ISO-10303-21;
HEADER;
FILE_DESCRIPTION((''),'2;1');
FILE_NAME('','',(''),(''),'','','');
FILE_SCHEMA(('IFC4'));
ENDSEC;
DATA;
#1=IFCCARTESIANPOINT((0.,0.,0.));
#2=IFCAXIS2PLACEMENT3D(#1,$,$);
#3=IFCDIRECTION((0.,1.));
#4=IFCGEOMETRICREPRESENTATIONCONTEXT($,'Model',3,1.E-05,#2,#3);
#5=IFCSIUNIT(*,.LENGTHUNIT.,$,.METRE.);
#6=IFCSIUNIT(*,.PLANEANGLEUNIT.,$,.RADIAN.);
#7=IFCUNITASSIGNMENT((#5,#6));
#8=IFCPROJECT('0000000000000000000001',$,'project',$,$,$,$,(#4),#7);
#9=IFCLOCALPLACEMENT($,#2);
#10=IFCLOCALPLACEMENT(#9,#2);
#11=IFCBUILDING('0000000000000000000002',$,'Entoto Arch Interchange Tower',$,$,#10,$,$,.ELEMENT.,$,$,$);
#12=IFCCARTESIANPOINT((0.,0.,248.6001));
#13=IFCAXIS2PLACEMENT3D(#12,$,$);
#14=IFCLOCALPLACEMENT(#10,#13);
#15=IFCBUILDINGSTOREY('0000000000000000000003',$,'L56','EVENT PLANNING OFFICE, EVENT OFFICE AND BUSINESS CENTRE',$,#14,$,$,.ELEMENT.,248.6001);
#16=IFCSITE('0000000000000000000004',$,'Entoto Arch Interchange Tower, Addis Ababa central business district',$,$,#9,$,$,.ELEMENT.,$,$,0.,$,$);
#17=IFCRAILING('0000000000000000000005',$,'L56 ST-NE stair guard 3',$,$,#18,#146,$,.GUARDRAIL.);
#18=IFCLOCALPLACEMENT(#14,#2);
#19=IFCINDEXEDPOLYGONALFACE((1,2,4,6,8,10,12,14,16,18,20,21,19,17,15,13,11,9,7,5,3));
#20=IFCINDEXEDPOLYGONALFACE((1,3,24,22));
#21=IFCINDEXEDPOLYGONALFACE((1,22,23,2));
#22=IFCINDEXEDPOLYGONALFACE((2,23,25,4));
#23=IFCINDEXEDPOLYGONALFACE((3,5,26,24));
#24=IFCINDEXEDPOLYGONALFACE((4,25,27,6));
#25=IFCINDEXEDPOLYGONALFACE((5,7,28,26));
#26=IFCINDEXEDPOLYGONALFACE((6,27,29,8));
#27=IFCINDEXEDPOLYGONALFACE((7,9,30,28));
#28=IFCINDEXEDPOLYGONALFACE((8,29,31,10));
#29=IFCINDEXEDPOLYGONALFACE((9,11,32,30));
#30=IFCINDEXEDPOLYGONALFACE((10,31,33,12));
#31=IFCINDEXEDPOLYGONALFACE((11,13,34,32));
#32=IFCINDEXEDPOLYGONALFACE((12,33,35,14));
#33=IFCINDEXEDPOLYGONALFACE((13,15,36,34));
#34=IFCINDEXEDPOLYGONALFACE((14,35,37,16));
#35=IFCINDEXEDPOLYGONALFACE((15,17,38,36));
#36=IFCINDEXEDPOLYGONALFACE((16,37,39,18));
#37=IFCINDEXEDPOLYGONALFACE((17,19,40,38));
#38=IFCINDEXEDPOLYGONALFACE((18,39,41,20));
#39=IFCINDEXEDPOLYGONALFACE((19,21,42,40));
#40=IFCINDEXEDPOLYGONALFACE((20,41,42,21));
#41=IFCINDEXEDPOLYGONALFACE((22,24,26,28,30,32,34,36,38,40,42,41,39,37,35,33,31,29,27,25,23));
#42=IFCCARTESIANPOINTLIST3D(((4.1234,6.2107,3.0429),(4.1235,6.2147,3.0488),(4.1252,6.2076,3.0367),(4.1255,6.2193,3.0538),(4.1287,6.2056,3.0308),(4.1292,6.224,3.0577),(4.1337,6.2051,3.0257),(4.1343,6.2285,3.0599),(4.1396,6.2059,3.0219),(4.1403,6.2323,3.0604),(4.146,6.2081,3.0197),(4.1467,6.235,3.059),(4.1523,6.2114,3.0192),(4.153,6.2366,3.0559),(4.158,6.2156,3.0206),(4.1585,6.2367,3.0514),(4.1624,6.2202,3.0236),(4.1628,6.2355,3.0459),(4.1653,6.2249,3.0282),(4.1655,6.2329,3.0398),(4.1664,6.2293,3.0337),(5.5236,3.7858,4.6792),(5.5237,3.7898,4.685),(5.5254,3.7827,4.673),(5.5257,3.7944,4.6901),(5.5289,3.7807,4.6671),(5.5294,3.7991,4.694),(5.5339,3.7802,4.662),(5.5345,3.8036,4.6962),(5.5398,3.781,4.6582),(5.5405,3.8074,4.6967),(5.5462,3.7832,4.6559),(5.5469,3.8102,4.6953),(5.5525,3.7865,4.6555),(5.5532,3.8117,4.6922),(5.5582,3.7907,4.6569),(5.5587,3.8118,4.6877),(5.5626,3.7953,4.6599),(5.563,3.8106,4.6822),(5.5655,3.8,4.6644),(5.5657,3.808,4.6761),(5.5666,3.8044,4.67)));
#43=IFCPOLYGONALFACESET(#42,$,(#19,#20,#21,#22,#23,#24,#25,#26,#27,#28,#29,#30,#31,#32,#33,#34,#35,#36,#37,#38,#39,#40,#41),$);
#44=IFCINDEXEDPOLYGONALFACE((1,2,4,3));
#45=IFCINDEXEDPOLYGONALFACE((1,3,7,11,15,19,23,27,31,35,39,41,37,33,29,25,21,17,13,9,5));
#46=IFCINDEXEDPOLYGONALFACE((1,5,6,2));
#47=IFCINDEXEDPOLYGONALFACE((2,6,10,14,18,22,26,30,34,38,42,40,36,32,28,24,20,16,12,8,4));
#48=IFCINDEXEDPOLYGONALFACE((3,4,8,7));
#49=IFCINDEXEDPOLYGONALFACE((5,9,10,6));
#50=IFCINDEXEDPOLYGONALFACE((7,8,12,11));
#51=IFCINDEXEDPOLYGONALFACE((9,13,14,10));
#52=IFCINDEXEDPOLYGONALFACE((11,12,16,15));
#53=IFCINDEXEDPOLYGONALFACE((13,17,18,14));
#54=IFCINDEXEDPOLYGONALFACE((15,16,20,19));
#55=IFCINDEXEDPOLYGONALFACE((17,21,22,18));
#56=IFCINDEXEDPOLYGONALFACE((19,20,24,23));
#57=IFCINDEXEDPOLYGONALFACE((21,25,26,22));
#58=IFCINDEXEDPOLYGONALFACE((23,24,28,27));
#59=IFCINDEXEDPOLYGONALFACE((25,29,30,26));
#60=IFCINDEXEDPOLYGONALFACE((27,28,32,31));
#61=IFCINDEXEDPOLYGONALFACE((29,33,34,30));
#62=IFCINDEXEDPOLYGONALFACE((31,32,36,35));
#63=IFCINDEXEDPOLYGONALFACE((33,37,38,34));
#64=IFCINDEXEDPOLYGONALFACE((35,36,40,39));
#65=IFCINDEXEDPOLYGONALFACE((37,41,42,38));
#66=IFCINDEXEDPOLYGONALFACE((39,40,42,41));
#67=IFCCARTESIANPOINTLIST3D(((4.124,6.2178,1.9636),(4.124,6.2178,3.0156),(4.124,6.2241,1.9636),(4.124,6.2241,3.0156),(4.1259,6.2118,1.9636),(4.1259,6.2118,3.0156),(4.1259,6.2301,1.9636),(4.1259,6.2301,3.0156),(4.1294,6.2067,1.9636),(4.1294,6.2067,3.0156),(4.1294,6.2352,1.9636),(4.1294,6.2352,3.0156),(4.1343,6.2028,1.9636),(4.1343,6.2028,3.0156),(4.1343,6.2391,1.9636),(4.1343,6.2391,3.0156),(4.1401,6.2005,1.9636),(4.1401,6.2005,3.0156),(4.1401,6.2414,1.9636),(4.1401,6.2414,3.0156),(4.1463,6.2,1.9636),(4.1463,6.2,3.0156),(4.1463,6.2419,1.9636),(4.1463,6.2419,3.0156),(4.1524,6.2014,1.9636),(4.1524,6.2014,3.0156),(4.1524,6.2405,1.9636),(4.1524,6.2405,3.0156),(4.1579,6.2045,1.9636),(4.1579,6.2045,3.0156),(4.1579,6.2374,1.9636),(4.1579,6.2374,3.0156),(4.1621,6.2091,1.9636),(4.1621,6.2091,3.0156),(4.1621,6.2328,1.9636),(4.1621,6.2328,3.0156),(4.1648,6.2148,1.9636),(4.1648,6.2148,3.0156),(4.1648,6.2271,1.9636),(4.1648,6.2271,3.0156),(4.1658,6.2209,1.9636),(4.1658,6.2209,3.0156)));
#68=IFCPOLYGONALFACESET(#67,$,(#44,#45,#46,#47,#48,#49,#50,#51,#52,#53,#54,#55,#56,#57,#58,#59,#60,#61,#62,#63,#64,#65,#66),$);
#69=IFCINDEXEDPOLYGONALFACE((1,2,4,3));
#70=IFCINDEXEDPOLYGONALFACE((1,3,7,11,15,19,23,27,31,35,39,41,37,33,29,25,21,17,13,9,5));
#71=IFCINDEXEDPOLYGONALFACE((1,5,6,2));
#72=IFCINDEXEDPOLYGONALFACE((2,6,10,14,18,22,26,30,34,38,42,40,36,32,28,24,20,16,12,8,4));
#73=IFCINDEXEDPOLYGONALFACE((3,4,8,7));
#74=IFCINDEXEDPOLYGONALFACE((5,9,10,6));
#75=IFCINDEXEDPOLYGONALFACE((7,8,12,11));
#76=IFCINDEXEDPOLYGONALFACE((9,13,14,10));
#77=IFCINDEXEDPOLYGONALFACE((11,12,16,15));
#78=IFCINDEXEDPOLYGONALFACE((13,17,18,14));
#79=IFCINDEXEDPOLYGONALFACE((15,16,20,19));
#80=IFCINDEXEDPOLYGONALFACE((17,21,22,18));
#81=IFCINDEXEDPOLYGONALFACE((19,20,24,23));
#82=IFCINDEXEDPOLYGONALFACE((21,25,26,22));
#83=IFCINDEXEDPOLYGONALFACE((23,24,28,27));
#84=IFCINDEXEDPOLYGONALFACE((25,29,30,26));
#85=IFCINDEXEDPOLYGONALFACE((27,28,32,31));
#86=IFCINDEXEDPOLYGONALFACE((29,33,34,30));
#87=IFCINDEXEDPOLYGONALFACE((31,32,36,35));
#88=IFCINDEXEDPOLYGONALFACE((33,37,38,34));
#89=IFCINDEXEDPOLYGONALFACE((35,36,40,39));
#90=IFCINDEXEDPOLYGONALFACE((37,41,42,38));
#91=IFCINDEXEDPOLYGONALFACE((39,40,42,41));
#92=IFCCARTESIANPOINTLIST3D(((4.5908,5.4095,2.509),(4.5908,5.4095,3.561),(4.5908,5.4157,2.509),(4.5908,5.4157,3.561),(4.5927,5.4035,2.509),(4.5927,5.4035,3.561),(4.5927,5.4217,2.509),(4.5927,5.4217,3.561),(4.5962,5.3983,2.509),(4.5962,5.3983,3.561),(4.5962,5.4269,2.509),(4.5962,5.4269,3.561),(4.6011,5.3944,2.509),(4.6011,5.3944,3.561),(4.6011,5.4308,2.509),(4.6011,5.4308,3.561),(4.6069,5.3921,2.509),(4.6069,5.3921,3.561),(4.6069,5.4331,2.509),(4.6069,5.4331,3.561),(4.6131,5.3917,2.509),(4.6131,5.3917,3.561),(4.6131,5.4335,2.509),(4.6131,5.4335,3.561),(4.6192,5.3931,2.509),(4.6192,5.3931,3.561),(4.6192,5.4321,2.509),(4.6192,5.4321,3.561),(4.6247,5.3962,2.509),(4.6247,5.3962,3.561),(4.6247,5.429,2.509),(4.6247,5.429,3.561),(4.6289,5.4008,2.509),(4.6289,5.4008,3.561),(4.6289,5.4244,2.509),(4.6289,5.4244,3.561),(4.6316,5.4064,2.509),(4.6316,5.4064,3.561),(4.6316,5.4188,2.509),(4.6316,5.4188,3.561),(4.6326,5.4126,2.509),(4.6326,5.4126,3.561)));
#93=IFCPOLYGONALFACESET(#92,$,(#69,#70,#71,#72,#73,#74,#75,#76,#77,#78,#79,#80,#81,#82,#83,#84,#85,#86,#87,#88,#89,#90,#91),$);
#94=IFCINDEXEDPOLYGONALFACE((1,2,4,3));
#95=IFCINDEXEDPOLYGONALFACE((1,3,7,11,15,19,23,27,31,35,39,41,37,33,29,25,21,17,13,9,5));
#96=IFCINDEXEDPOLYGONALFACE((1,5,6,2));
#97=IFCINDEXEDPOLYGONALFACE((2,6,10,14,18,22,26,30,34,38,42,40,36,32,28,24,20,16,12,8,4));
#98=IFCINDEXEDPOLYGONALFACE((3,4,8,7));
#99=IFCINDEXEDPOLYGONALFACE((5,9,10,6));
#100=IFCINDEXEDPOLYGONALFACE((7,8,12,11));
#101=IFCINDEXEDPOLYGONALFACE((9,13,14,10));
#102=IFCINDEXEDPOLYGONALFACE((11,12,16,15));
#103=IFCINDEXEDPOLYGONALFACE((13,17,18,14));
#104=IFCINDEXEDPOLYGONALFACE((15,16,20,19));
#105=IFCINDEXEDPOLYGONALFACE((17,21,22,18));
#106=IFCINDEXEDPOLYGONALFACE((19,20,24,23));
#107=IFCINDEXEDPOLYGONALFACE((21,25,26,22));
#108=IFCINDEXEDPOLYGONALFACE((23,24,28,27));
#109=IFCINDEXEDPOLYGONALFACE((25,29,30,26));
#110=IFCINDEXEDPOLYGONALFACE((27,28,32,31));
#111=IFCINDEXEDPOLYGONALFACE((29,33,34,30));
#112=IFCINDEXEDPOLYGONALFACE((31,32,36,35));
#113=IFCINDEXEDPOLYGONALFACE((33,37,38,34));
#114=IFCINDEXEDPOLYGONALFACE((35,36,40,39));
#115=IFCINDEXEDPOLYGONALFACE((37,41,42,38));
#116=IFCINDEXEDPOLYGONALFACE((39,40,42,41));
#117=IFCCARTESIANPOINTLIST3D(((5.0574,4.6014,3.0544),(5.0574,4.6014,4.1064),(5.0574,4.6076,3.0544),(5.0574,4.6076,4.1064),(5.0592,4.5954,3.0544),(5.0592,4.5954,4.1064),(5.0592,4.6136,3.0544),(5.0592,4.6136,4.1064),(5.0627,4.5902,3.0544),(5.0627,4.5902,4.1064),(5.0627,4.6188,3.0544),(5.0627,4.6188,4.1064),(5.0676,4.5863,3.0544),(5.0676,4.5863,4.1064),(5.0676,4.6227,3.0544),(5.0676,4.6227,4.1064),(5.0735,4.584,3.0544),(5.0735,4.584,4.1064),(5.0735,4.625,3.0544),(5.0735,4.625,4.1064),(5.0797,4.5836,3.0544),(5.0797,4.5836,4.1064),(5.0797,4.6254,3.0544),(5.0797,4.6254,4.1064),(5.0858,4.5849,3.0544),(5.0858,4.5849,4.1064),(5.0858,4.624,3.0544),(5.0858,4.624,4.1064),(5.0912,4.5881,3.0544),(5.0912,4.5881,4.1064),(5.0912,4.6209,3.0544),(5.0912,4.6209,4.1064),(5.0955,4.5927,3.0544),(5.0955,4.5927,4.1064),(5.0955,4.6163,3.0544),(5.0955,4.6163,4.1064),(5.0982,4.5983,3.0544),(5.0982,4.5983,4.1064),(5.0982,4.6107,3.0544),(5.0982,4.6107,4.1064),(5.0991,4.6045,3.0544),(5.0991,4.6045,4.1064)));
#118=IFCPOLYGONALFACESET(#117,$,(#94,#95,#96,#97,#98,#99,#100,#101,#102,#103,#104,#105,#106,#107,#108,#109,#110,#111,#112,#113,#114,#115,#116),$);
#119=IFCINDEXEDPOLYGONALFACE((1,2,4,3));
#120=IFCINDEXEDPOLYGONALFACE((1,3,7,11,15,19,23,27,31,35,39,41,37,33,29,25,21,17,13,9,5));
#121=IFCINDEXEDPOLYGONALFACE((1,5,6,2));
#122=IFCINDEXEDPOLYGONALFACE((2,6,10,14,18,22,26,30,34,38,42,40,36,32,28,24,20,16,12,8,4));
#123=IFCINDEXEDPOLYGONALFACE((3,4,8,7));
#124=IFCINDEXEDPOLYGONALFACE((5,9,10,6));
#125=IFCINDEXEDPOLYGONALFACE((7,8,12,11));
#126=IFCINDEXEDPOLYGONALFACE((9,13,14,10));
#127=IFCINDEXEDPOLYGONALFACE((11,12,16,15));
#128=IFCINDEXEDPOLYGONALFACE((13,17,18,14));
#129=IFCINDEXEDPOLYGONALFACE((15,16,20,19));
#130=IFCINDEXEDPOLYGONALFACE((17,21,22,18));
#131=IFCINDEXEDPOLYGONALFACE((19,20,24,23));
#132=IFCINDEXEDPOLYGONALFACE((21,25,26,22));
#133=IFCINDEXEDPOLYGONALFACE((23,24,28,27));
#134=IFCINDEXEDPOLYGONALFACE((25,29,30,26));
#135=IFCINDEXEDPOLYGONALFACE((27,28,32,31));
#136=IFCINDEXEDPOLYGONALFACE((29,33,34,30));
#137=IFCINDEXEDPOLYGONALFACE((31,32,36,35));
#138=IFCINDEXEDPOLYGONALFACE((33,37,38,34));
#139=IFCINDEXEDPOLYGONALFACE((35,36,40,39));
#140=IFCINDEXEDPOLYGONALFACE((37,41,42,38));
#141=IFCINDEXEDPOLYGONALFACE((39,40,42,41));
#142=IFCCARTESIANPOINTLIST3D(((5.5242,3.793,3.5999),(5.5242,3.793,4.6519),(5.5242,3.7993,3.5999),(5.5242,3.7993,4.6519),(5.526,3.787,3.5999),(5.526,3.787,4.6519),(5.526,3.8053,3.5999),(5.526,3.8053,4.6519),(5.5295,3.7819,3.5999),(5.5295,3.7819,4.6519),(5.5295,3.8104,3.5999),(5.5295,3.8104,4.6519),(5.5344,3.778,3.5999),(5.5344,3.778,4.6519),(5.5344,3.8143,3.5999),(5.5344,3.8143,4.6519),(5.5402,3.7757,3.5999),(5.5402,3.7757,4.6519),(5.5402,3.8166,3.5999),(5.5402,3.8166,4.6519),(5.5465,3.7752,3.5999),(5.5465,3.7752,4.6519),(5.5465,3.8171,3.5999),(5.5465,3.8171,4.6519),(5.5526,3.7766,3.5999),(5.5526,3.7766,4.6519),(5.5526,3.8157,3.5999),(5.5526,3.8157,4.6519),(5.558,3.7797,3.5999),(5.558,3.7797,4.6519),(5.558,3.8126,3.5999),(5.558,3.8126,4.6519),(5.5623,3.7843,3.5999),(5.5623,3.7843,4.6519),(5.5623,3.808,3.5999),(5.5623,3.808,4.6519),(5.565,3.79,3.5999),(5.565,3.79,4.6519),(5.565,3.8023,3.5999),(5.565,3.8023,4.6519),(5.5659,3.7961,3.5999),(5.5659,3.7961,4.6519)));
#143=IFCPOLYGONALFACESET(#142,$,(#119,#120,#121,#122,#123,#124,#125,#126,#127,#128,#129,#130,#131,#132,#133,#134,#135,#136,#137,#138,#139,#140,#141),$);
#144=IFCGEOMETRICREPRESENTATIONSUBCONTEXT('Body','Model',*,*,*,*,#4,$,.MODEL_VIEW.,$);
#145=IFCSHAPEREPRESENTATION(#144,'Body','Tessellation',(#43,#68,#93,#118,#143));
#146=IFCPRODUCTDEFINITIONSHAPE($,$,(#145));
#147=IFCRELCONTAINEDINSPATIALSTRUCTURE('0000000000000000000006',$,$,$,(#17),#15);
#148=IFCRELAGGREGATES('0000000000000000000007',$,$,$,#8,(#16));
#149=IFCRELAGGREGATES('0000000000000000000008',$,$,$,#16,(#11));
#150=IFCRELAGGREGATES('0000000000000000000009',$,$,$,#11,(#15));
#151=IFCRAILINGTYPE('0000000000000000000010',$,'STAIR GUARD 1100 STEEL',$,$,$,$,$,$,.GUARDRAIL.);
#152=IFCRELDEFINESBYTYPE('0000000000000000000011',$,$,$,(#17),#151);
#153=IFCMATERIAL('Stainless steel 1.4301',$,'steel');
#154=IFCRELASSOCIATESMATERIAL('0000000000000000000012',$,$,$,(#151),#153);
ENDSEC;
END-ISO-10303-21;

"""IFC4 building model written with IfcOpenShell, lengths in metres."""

from ifc_helpers import new_model, si_unit, direction, frame, origin, origin_2d, place, context, subcontext, project, spatial, circle, extrude, material, type_object, element, save


model = new_model("IFC4")

# Units and contexts
model_context = context("Model", 3, precision=1e-05, world=origin(), true_north=direction((0.0, 1.0)))
body_context = subcontext(model_context, "Body", "Model", "MODEL_VIEW")
ifc_project = project(units=[si_unit("LENGTHUNIT", "METRE"), si_unit("PLANEANGLEUNIT", "RADIAN")], contexts=[model_context])

# Site, building, storey
site_placement = place(None, origin())
site = spatial("IfcSite", under=ifc_project, at=site_placement, Name="Entoto Arch Interchange Tower, Addis Ababa central business district", CompositionType="ELEMENT", RefElevation=0.0)
building_placement = place(site_placement, origin())
building = spatial("IfcBuilding", under=site, at=building_placement, Name="Entoto Arch Interchange Tower", CompositionType="ELEMENT")
storey_placement = place(building_placement, frame((0.0, 0.0, 248.6001)))
storey = spatial("IfcBuildingStorey", under=building, at=storey_placement, Name="L56", Description="EVENT PLANNING OFFICE, EVENT OFFICE AND BUSINESS CENTRE", CompositionType="ELEMENT", Elevation=248.6001)

# Railing
ifc_material_1 = material(Name="Stainless steel 1.4301", Category="steel")
railing_type_1 = type_object("IfcRailingType", Name="STAIR GUARD 1100 STEEL", PredefinedType="GUARDRAIL", material=ifc_material_1)
railing_1_placement = place(storey_placement, frame((4.1448, 6.2209, 1.9636)))
element("IfcRailing", 1, at=railing_1_placement, inside=storey, type_object=railing_type_1, Name="L56 ST-NE stair guard 3", PredefinedType="GUARDRAIL", context=body_context, shape_type="SweptSolid", body=[
    extrude(circle(Radius=0.0239, at=origin_2d()), frame((0.0, 0.0, 1.0762), z_axis=(0.431738, -0.747694, 0.504535), x_axis=(0.865997, 0.50005, 0.0)), (0.0, 0.0, 1.0), 3.2432),
    extrude(circle(Radius=0.021, at=origin_2d()), origin(), (0.0, 0.0, 1.0), 1.052),
    extrude(circle(Radius=0.021, at=origin_2d()), frame((0.4668, -0.8083, 0.5454)), (0.0, 0.0, 1.0), 1.052),
    extrude(circle(Radius=0.021, at=origin_2d()), frame((0.9333, -1.6165, 1.0908)), (0.0, 0.0, 1.0), 1.052),
    extrude(circle(Radius=0.021, at=origin_2d()), frame((1.4001, -2.4248, 1.6362)), (0.0, 0.0, 1.0), 1.052),
])

save(model, "model.ifc")
